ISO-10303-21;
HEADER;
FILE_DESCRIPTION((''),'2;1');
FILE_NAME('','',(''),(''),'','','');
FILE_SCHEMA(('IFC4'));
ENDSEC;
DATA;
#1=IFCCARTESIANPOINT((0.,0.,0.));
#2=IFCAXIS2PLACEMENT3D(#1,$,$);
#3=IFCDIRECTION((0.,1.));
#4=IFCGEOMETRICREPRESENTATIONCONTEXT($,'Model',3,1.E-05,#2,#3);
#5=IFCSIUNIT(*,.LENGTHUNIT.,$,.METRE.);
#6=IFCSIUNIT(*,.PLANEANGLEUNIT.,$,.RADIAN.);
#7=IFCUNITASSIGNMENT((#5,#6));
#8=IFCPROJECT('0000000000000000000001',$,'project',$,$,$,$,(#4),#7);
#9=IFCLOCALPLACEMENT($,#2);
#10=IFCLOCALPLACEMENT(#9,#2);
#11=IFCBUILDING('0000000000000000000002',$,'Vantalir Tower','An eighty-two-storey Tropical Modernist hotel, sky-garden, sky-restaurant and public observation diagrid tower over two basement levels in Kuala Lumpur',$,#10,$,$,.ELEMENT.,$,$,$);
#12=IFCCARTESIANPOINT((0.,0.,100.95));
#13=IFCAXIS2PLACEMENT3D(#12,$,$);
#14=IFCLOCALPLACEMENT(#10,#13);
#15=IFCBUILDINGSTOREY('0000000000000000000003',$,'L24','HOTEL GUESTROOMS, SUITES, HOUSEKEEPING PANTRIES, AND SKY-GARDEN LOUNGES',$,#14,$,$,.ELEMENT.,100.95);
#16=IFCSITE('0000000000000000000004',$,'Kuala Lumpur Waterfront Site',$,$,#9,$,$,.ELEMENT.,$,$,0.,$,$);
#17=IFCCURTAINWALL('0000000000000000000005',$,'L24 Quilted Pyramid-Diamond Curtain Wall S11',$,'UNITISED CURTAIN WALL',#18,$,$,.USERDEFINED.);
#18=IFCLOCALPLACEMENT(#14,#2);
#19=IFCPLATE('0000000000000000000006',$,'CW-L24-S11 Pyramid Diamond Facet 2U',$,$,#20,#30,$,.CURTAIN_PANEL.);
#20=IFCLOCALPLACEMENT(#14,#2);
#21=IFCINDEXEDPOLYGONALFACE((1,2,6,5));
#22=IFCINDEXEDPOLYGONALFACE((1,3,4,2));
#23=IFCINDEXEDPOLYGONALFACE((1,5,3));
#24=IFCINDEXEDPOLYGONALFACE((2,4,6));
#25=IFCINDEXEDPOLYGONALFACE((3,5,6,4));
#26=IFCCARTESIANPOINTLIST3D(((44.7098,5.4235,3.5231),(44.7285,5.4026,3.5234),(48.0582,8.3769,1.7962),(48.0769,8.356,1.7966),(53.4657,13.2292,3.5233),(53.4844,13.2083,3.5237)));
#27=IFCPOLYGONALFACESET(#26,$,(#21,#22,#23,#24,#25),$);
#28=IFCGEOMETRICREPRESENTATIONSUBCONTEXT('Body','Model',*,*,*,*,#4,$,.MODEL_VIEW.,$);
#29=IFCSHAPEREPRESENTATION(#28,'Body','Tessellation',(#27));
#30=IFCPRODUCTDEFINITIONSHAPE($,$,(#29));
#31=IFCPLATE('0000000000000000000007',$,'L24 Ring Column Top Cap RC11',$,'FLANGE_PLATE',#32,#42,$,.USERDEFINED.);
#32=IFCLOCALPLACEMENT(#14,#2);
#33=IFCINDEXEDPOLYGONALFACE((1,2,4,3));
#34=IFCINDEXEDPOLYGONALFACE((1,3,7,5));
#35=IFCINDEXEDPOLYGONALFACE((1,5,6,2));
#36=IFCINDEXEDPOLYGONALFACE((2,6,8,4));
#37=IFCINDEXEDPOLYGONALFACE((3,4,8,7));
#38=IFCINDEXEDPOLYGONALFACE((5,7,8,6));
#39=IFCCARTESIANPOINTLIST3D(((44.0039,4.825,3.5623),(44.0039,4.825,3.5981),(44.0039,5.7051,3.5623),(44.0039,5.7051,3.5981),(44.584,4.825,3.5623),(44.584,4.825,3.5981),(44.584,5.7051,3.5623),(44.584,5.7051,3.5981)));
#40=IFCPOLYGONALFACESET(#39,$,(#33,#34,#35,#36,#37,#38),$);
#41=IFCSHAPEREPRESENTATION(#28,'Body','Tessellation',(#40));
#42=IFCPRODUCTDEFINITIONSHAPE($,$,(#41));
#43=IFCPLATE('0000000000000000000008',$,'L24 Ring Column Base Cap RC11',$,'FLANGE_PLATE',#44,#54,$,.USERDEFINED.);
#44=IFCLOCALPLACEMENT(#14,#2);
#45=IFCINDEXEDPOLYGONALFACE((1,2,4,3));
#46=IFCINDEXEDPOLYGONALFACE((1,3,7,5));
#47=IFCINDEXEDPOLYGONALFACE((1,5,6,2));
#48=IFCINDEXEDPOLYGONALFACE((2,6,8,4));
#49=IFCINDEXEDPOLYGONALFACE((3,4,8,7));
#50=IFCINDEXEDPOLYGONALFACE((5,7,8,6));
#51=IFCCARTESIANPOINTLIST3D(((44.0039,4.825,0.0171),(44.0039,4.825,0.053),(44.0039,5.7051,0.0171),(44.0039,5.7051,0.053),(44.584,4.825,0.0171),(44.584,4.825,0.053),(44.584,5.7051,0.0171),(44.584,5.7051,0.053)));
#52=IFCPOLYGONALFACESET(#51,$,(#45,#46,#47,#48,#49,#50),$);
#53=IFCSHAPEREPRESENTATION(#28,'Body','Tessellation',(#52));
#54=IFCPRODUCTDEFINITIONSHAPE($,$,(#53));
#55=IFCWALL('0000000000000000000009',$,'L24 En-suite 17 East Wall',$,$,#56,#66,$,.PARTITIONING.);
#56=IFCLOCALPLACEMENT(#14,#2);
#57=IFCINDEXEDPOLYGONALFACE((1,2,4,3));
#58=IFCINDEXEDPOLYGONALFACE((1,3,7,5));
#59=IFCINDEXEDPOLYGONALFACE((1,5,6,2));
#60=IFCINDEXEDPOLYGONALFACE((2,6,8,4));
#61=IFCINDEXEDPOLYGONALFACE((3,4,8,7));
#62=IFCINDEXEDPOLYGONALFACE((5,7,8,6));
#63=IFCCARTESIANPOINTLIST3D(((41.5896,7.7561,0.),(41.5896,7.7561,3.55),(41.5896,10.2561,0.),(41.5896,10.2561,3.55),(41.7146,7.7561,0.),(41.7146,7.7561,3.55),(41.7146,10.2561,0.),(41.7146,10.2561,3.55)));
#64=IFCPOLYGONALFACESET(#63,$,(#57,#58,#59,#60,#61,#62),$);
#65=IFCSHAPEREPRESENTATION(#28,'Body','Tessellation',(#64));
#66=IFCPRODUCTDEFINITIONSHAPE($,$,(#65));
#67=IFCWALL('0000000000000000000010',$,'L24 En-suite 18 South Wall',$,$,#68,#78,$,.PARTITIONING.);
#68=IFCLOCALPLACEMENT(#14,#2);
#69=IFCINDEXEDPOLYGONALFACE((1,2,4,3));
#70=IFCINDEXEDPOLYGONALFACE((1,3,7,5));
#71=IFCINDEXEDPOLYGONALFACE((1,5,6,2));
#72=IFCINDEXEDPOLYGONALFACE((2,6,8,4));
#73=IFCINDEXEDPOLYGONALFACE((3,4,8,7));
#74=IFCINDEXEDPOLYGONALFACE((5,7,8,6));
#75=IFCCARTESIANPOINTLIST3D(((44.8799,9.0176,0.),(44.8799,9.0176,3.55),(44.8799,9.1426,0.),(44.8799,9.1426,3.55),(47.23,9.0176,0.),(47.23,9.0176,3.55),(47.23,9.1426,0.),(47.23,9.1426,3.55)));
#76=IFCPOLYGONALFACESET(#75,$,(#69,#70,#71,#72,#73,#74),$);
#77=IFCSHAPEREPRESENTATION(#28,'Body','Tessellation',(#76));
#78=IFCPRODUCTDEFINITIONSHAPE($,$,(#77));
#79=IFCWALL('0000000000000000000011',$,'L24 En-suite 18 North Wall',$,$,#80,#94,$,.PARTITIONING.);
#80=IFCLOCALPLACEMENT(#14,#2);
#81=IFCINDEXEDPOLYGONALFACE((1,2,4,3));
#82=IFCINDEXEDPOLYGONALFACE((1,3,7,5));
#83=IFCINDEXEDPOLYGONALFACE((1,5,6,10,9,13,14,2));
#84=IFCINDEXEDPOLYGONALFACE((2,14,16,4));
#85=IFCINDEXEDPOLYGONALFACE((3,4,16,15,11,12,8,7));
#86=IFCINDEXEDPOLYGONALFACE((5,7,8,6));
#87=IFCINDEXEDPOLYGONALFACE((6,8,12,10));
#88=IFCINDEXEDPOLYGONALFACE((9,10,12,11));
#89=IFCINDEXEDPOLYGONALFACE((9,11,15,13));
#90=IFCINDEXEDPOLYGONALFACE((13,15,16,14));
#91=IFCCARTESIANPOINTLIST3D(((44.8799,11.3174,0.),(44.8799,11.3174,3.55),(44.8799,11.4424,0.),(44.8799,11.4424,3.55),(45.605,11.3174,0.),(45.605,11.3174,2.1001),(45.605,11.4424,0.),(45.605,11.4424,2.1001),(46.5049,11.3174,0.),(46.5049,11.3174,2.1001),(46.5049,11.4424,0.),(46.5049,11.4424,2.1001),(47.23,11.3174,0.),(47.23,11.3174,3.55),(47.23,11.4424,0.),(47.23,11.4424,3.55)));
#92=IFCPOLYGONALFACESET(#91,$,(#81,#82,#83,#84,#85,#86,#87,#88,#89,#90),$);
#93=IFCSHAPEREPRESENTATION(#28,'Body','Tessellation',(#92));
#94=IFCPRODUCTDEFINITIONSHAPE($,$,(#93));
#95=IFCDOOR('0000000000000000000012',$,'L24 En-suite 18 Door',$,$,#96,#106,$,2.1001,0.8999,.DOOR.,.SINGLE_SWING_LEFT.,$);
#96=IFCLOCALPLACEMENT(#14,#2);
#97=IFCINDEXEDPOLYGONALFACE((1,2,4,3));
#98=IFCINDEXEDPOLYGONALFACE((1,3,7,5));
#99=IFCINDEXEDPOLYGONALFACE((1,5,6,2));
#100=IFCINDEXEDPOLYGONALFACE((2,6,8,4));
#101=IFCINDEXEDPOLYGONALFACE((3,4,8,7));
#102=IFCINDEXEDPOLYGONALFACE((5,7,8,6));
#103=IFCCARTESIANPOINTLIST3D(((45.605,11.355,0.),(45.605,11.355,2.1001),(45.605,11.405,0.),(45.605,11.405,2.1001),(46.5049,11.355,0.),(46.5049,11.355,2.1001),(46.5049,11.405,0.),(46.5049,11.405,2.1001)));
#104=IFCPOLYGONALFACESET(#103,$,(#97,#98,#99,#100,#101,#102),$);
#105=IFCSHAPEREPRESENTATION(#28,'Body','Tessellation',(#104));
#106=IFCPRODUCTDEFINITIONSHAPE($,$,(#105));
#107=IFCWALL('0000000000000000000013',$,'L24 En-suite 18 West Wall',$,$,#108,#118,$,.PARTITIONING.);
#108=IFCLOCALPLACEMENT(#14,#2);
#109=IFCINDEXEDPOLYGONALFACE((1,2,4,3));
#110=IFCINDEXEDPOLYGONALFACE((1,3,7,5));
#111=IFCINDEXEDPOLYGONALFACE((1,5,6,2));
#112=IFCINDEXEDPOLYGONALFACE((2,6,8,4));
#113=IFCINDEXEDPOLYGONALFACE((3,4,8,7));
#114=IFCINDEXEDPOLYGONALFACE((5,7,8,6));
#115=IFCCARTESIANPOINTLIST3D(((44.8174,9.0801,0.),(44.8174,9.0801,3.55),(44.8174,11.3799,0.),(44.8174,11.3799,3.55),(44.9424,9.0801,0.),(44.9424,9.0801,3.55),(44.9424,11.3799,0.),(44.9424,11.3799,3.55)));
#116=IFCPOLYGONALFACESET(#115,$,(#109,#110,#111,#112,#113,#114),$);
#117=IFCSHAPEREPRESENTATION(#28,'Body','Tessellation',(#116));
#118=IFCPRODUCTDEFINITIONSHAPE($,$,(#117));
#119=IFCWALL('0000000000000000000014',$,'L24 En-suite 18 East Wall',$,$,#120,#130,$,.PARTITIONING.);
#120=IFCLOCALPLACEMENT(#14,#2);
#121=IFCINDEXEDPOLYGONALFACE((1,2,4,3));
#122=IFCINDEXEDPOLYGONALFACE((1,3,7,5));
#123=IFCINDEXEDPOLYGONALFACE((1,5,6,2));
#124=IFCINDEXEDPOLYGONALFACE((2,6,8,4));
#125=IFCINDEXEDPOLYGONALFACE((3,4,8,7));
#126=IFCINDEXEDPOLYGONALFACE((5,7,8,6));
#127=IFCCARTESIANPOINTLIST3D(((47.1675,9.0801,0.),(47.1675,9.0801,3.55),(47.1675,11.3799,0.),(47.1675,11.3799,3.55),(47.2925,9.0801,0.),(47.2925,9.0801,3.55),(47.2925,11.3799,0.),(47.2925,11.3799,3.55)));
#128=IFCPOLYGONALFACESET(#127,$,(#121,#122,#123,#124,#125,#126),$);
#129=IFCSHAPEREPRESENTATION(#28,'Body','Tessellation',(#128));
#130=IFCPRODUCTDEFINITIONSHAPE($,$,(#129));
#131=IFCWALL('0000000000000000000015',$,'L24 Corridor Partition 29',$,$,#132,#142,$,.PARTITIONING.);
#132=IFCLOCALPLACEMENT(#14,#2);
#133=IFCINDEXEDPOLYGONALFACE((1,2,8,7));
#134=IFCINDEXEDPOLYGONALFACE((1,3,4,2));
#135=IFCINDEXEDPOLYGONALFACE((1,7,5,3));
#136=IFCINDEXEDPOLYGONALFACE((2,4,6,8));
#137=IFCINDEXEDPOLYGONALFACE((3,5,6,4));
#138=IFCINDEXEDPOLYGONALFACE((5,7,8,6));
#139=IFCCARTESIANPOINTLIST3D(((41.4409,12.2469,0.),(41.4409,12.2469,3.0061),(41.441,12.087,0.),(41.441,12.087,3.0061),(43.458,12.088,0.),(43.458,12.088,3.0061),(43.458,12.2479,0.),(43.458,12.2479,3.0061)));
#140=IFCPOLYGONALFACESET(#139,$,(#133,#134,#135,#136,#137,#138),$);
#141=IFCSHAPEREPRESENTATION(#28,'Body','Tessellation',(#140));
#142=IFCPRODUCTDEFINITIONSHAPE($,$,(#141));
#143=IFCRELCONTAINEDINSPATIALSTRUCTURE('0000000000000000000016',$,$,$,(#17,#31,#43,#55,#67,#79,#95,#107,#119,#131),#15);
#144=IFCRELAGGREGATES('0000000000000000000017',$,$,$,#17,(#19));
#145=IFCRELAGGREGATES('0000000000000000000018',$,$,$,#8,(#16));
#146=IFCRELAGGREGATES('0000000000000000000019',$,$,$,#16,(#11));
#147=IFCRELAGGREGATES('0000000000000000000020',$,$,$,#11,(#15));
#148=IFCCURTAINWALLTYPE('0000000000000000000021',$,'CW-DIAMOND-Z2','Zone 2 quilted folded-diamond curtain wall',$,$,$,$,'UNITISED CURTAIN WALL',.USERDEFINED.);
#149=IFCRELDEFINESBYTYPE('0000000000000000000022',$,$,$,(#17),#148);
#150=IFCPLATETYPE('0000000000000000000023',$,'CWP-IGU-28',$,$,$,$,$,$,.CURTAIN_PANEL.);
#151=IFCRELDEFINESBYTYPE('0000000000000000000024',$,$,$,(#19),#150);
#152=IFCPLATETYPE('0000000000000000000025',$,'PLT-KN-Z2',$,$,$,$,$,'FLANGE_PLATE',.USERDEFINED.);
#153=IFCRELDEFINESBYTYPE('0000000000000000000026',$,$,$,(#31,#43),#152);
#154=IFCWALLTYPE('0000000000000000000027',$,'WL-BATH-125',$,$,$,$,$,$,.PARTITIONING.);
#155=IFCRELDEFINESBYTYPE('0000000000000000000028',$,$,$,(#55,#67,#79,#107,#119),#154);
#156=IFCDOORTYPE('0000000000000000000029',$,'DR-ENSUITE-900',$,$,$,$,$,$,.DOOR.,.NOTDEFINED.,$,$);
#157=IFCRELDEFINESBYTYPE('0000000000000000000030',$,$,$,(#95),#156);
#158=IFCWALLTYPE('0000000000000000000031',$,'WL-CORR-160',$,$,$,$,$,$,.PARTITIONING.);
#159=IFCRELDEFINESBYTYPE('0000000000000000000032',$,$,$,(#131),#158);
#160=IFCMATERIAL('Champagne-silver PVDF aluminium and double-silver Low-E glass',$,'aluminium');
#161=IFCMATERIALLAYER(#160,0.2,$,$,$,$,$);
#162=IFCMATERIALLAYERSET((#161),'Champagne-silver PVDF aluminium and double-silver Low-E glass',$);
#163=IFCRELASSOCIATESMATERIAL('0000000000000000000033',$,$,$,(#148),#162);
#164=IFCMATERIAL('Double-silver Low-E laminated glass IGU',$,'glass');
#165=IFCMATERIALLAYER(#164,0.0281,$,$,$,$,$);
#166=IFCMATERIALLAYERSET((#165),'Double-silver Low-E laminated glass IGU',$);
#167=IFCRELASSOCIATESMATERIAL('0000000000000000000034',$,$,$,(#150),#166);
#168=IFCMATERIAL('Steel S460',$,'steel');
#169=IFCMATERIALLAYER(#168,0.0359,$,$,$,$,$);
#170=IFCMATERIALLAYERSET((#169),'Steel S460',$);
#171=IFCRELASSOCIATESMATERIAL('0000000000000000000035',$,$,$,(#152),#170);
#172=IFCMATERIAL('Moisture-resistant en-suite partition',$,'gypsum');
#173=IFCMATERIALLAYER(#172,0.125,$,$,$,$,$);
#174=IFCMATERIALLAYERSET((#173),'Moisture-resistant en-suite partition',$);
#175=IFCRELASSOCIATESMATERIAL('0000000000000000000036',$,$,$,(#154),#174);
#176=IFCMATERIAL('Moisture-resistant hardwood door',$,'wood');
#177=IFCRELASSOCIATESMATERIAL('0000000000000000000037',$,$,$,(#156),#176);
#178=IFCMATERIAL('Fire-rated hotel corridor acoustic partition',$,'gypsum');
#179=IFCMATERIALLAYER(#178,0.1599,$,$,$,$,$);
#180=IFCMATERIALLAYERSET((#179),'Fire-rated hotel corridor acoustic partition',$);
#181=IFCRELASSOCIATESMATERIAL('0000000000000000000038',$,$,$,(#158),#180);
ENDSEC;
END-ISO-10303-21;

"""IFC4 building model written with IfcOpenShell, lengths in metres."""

from ifc_helpers import new_model, si_unit, direction, frame, frame_2d, origin, place, context, subcontext, project, spatial, polyline, rectangle, outline, extrude, material, layer, layer_set, type_object, element, fill, aggregate, save


model = new_model("IFC4")

# Units and contexts
model_context = context("Model", 3, precision=1e-05, world=origin(), true_north=direction((0.0, 1.0)))
body_context = subcontext(model_context, "Body", "Model", "MODEL_VIEW")
ifc_project = project(units=[si_unit("LENGTHUNIT", "METRE"), si_unit("PLANEANGLEUNIT", "RADIAN")], contexts=[model_context])

# Site, building, storey
site_placement = place(None, origin())
site = spatial("IfcSite", under=ifc_project, at=site_placement, Name="Kuala Lumpur Waterfront Site", CompositionType="ELEMENT", RefElevation=0.0)
building_placement = place(site_placement, origin())
building = spatial("IfcBuilding", under=site, at=building_placement, Name="Vantalir Tower", Description="An eighty-two-storey Tropical Modernist hotel, sky-garden, sky-restaurant and public observation diagrid tower over two basement levels in Kuala Lumpur", CompositionType="ELEMENT")
storey_placement = place(building_placement, frame((0.0, 0.0, 100.95)))
storey = spatial("IfcBuildingStorey", under=building, at=storey_placement, Name="L24", Description="HOTEL GUESTROOMS, SUITES, HOUSEKEEPING PANTRIES, AND SKY-GARDEN LOUNGES", CompositionType="ELEMENT", Elevation=100.95)

# Shared definitions
ifc_material_1 = material(Name="Steel S460", Category="steel")

# Shared definitions
ifc_material_2 = material(Name="Champagne-silver PVDF aluminium and double-silver Low-E glass", Category="aluminium")
ifc_layer_1 = layer(ifc_material_2, 0.2)
ifc_layer_set_1 = layer_set([ifc_layer_1], Name="Champagne-silver PVDF aluminium and double-silver Low-E glass")
curtain_wall_type = type_object("IfcCurtainWallType", Name="CW-DIAMOND-Z2", Description="Zone 2 quilted folded-diamond curtain wall", ElementType="UNITISED CURTAIN WALL", PredefinedType="USERDEFINED", material=ifc_layer_set_1)

# Curtain wall
curtain_wall_1_placement = place(storey_placement, origin())
curtain_wall_1 = element("IfcCurtainWall", 1, at=curtain_wall_1_placement, inside=storey, type_object=curtain_wall_type, Name="L24 Quilted Pyramid-Diamond Curtain Wall S11", ObjectType="UNITISED CURTAIN WALL", PredefinedType="USERDEFINED")

# Plate
ifc_material_3 = material(Name="Double-silver Low-E laminated glass IGU", Category="glass")
ifc_layer_2 = layer(ifc_material_3, 0.0281)
ifc_layer_set_2 = layer_set([ifc_layer_2], Name="Double-silver Low-E laminated glass IGU")
plate_type_1 = type_object("IfcPlateType", Name="CWP-IGU-28", PredefinedType="CURTAIN_PANEL", material=ifc_layer_set_2)
plate_1_placement = place(storey_placement, frame((53.4844, 13.2083, 3.5237), z_axis=(0.665381, -0.746379, 0.013679), x_axis=(-0.746449, -0.665443, -0.000021)))
plate_1 = element("IfcPlate", 2, at=plate_1_placement, type_object=plate_type_1, Name="CW-L24-S11 Pyramid Diamond Facet 2U", PredefinedType="CURTAIN_PANEL", context=body_context, shape_type="SweptSolid", body=[
    extrude(outline(polyline([(0.0, 0.0), (11.73, 0.0), (7.2654, 1.7271), (0.0, 0.0)])), origin(), (0.0, 0.0, -1.0), 0.0281),
])
aggregate(curtain_wall_1, [plate_1])

# Plates
ifc_layer_3 = layer(ifc_material_1, 0.0359)
ifc_layer_set_3 = layer_set([ifc_layer_3], Name="Steel S460")
plate_type_2 = type_object("IfcPlateType", Name="PLT-KN-Z2", ElementType="FLANGE_PLATE", PredefinedType="USERDEFINED", material=ifc_layer_set_3)
for number, where, z_axis, x_axis, name in (
    (3, (44.0039, 5.7051, 3.5981), (0.0, 0.0, 1.0), (0.0, -1.0, 0.0), "L24 Ring Column Top Cap RC11"),
    (4, (44.0039, 5.7051, 0.053), (0.0, 0.0, 1.0), (0.0, -1.0, 0.0), "L24 Ring Column Base Cap RC11"),
):
    element("IfcPlate", number, at=place(storey_placement, frame(where, z_axis=z_axis, x_axis=x_axis)), inside=storey, type_object=plate_type_2, Name=name, ObjectType="FLANGE_PLATE", PredefinedType="USERDEFINED", context=body_context, shape_type="SweptSolid", body=[
        extrude(outline(polyline([(0.0, 0.0), (0.8801, 0.0), (0.8801, 0.5801), (0.0, 0.5801), (0.0, 0.0)])), origin(), (0.0, 0.0, -1.0), 0.0359),
    ])

# Walls
ifc_material_4 = material(Name="Moisture-resistant en-suite partition", Category="gypsum")
ifc_layer_4 = layer(ifc_material_4, 0.125)
ifc_layer_set_4 = layer_set([ifc_layer_4], Name="Moisture-resistant en-suite partition")
wall_type_1 = type_object("IfcWallType", Name="WL-BATH-125", PredefinedType="PARTITIONING", material=ifc_layer_set_4)
wall_1_placement = place(storey_placement, frame((41.6521, 7.7561, 0.0), z_axis=(0.0, 0.0, 1.0), x_axis=(0.0, 1.0, 0.0)))
element("IfcWall", 5, at=wall_1_placement, inside=storey, type_object=wall_type_1, Name="L24 En-suite 17 East Wall", PredefinedType="PARTITIONING", context=body_context, shape_type="SweptSolid", body=[
    extrude(rectangle(XDim=2.5, YDim=0.125, at=frame_2d((1.25, 0.0))), origin(), (0.0, 0.0, 1.0), 3.55),
])
wall_2_placement = place(storey_placement, frame((44.8799, 9.0801, 0.0), z_axis=(0.0, 0.0, 1.0), x_axis=(1.0, 0.0, 0.0)))
element("IfcWall", 6, at=wall_2_placement, inside=storey, type_object=wall_type_1, Name="L24 En-suite 18 South Wall", PredefinedType="PARTITIONING", context=body_context, shape_type="SweptSolid", body=[
    extrude(rectangle(XDim=2.3501, YDim=0.125, at=frame_2d((1.175, 0.0))), origin(), (0.0, 0.0, 1.0), 3.55),
])

# Wall, opening, door
wall_3_placement = place(storey_placement, frame((44.8799, 11.3799, 0.0), z_axis=(0.0, 0.0, 1.0), x_axis=(1.0, 0.0, 0.0)))
wall_3 = element("IfcWall", 7, at=wall_3_placement, inside=storey, type_object=wall_type_1, Name="L24 En-suite 18 North Wall", PredefinedType="PARTITIONING", context=body_context, shape_type="SweptSolid", body=[
    extrude(rectangle(XDim=2.3501, YDim=0.125, at=frame_2d((1.175, 0.0))), origin(), (0.0, 0.0, 1.0), 3.55),
])
opening_placement = place(wall_3_placement, frame((0.7251, 0.0, 0.0)))
opening = element("IfcOpeningElement", 8, at=opening_placement, cuts=wall_3, PredefinedType="OPENING", context=body_context, shape_type="SweptSolid", body=[
    extrude(rectangle(XDim=0.8999, YDim=2.1001, at=frame_2d((0.45, 1.05))), frame((0.0, 0.0725, 0.0), z_axis=(0.0, -1.0, 0.0), x_axis=(1.0, 0.0, 0.0)), (0.0, 0.0, 1.0), 0.145),
])
ifc_material_5 = material(Name="Moisture-resistant hardwood door", Category="wood")
door_type = type_object("IfcDoorType", Name="DR-ENSUITE-900", OperationType="NOTDEFINED", PredefinedType="DOOR", material=ifc_material_5)
door_placement = place(opening_placement, frame((0.8999, 0.0, 0.0), z_axis=(0.0, 0.0, 1.0), x_axis=(-1.0, 0.0, 0.0)))
door = element("IfcDoor", 9, at=door_placement, inside=storey, type_object=door_type, Name="L24 En-suite 18 Door", OperationType="SINGLE_SWING_LEFT", OverallHeight=2.1001, OverallWidth=0.8999, PredefinedType="DOOR", context=body_context, shape_type="SweptSolid", body=[
    extrude(rectangle(XDim=0.8999, YDim=2.1001, at=frame_2d((0.45, 1.05))), frame((0.0, 0.0249, 0.0), z_axis=(0.0, -1.0, 0.0), x_axis=(1.0, 0.0, 0.0)), (0.0, 0.0, 1.0), 0.05),
])
fill(opening, door)

# Walls
for number, where, z_axis, x_axis, name in (
    (10, (44.8799, 9.0801, 0.0), (0.0, 0.0, 1.0), (0.0, 1.0, 0.0), "L24 En-suite 18 West Wall"),
    (11, (47.23, 9.0801, 0.0), (0.0, 0.0, 1.0), (0.0, 1.0, 0.0), "L24 En-suite 18 East Wall"),
):
    element("IfcWall", number, at=place(storey_placement, frame(where, z_axis=z_axis, x_axis=x_axis)), inside=storey, type_object=wall_type_1, Name=name, PredefinedType="PARTITIONING", context=body_context, shape_type="SweptSolid", body=[
        extrude(rectangle(XDim=2.2998, YDim=0.125, at=frame_2d((1.1499, 0.0))), origin(), (0.0, 0.0, 1.0), 3.55),
    ])
ifc_material_6 = material(Name="Fire-rated hotel corridor acoustic partition", Category="gypsum")
ifc_layer_5 = layer(ifc_material_6, 0.1599)
ifc_layer_set_5 = layer_set([ifc_layer_5], Name="Fire-rated hotel corridor acoustic partition")
wall_type_2 = type_object("IfcWallType", Name="WL-CORR-160", PredefinedType="PARTITIONING", material=ifc_layer_set_5)
wall_4_placement = place(storey_placement, frame((43.458, 12.168, 0.0), z_axis=(0.0, 0.0, 1.0), x_axis=(-1.0, -0.000484, 0.0)))
element("IfcWall", 12, at=wall_4_placement, inside=storey, type_object=wall_type_2, Name="L24 Corridor Partition 29", PredefinedType="PARTITIONING", context=body_context, shape_type="SweptSolid", body=[
    extrude(rectangle(XDim=2.0171, YDim=0.1599, at=frame_2d((1.0085, 0.0))), origin(), (0.0, 0.0, 1.0), 3.0061),
])

save(model, "model.ifc")
